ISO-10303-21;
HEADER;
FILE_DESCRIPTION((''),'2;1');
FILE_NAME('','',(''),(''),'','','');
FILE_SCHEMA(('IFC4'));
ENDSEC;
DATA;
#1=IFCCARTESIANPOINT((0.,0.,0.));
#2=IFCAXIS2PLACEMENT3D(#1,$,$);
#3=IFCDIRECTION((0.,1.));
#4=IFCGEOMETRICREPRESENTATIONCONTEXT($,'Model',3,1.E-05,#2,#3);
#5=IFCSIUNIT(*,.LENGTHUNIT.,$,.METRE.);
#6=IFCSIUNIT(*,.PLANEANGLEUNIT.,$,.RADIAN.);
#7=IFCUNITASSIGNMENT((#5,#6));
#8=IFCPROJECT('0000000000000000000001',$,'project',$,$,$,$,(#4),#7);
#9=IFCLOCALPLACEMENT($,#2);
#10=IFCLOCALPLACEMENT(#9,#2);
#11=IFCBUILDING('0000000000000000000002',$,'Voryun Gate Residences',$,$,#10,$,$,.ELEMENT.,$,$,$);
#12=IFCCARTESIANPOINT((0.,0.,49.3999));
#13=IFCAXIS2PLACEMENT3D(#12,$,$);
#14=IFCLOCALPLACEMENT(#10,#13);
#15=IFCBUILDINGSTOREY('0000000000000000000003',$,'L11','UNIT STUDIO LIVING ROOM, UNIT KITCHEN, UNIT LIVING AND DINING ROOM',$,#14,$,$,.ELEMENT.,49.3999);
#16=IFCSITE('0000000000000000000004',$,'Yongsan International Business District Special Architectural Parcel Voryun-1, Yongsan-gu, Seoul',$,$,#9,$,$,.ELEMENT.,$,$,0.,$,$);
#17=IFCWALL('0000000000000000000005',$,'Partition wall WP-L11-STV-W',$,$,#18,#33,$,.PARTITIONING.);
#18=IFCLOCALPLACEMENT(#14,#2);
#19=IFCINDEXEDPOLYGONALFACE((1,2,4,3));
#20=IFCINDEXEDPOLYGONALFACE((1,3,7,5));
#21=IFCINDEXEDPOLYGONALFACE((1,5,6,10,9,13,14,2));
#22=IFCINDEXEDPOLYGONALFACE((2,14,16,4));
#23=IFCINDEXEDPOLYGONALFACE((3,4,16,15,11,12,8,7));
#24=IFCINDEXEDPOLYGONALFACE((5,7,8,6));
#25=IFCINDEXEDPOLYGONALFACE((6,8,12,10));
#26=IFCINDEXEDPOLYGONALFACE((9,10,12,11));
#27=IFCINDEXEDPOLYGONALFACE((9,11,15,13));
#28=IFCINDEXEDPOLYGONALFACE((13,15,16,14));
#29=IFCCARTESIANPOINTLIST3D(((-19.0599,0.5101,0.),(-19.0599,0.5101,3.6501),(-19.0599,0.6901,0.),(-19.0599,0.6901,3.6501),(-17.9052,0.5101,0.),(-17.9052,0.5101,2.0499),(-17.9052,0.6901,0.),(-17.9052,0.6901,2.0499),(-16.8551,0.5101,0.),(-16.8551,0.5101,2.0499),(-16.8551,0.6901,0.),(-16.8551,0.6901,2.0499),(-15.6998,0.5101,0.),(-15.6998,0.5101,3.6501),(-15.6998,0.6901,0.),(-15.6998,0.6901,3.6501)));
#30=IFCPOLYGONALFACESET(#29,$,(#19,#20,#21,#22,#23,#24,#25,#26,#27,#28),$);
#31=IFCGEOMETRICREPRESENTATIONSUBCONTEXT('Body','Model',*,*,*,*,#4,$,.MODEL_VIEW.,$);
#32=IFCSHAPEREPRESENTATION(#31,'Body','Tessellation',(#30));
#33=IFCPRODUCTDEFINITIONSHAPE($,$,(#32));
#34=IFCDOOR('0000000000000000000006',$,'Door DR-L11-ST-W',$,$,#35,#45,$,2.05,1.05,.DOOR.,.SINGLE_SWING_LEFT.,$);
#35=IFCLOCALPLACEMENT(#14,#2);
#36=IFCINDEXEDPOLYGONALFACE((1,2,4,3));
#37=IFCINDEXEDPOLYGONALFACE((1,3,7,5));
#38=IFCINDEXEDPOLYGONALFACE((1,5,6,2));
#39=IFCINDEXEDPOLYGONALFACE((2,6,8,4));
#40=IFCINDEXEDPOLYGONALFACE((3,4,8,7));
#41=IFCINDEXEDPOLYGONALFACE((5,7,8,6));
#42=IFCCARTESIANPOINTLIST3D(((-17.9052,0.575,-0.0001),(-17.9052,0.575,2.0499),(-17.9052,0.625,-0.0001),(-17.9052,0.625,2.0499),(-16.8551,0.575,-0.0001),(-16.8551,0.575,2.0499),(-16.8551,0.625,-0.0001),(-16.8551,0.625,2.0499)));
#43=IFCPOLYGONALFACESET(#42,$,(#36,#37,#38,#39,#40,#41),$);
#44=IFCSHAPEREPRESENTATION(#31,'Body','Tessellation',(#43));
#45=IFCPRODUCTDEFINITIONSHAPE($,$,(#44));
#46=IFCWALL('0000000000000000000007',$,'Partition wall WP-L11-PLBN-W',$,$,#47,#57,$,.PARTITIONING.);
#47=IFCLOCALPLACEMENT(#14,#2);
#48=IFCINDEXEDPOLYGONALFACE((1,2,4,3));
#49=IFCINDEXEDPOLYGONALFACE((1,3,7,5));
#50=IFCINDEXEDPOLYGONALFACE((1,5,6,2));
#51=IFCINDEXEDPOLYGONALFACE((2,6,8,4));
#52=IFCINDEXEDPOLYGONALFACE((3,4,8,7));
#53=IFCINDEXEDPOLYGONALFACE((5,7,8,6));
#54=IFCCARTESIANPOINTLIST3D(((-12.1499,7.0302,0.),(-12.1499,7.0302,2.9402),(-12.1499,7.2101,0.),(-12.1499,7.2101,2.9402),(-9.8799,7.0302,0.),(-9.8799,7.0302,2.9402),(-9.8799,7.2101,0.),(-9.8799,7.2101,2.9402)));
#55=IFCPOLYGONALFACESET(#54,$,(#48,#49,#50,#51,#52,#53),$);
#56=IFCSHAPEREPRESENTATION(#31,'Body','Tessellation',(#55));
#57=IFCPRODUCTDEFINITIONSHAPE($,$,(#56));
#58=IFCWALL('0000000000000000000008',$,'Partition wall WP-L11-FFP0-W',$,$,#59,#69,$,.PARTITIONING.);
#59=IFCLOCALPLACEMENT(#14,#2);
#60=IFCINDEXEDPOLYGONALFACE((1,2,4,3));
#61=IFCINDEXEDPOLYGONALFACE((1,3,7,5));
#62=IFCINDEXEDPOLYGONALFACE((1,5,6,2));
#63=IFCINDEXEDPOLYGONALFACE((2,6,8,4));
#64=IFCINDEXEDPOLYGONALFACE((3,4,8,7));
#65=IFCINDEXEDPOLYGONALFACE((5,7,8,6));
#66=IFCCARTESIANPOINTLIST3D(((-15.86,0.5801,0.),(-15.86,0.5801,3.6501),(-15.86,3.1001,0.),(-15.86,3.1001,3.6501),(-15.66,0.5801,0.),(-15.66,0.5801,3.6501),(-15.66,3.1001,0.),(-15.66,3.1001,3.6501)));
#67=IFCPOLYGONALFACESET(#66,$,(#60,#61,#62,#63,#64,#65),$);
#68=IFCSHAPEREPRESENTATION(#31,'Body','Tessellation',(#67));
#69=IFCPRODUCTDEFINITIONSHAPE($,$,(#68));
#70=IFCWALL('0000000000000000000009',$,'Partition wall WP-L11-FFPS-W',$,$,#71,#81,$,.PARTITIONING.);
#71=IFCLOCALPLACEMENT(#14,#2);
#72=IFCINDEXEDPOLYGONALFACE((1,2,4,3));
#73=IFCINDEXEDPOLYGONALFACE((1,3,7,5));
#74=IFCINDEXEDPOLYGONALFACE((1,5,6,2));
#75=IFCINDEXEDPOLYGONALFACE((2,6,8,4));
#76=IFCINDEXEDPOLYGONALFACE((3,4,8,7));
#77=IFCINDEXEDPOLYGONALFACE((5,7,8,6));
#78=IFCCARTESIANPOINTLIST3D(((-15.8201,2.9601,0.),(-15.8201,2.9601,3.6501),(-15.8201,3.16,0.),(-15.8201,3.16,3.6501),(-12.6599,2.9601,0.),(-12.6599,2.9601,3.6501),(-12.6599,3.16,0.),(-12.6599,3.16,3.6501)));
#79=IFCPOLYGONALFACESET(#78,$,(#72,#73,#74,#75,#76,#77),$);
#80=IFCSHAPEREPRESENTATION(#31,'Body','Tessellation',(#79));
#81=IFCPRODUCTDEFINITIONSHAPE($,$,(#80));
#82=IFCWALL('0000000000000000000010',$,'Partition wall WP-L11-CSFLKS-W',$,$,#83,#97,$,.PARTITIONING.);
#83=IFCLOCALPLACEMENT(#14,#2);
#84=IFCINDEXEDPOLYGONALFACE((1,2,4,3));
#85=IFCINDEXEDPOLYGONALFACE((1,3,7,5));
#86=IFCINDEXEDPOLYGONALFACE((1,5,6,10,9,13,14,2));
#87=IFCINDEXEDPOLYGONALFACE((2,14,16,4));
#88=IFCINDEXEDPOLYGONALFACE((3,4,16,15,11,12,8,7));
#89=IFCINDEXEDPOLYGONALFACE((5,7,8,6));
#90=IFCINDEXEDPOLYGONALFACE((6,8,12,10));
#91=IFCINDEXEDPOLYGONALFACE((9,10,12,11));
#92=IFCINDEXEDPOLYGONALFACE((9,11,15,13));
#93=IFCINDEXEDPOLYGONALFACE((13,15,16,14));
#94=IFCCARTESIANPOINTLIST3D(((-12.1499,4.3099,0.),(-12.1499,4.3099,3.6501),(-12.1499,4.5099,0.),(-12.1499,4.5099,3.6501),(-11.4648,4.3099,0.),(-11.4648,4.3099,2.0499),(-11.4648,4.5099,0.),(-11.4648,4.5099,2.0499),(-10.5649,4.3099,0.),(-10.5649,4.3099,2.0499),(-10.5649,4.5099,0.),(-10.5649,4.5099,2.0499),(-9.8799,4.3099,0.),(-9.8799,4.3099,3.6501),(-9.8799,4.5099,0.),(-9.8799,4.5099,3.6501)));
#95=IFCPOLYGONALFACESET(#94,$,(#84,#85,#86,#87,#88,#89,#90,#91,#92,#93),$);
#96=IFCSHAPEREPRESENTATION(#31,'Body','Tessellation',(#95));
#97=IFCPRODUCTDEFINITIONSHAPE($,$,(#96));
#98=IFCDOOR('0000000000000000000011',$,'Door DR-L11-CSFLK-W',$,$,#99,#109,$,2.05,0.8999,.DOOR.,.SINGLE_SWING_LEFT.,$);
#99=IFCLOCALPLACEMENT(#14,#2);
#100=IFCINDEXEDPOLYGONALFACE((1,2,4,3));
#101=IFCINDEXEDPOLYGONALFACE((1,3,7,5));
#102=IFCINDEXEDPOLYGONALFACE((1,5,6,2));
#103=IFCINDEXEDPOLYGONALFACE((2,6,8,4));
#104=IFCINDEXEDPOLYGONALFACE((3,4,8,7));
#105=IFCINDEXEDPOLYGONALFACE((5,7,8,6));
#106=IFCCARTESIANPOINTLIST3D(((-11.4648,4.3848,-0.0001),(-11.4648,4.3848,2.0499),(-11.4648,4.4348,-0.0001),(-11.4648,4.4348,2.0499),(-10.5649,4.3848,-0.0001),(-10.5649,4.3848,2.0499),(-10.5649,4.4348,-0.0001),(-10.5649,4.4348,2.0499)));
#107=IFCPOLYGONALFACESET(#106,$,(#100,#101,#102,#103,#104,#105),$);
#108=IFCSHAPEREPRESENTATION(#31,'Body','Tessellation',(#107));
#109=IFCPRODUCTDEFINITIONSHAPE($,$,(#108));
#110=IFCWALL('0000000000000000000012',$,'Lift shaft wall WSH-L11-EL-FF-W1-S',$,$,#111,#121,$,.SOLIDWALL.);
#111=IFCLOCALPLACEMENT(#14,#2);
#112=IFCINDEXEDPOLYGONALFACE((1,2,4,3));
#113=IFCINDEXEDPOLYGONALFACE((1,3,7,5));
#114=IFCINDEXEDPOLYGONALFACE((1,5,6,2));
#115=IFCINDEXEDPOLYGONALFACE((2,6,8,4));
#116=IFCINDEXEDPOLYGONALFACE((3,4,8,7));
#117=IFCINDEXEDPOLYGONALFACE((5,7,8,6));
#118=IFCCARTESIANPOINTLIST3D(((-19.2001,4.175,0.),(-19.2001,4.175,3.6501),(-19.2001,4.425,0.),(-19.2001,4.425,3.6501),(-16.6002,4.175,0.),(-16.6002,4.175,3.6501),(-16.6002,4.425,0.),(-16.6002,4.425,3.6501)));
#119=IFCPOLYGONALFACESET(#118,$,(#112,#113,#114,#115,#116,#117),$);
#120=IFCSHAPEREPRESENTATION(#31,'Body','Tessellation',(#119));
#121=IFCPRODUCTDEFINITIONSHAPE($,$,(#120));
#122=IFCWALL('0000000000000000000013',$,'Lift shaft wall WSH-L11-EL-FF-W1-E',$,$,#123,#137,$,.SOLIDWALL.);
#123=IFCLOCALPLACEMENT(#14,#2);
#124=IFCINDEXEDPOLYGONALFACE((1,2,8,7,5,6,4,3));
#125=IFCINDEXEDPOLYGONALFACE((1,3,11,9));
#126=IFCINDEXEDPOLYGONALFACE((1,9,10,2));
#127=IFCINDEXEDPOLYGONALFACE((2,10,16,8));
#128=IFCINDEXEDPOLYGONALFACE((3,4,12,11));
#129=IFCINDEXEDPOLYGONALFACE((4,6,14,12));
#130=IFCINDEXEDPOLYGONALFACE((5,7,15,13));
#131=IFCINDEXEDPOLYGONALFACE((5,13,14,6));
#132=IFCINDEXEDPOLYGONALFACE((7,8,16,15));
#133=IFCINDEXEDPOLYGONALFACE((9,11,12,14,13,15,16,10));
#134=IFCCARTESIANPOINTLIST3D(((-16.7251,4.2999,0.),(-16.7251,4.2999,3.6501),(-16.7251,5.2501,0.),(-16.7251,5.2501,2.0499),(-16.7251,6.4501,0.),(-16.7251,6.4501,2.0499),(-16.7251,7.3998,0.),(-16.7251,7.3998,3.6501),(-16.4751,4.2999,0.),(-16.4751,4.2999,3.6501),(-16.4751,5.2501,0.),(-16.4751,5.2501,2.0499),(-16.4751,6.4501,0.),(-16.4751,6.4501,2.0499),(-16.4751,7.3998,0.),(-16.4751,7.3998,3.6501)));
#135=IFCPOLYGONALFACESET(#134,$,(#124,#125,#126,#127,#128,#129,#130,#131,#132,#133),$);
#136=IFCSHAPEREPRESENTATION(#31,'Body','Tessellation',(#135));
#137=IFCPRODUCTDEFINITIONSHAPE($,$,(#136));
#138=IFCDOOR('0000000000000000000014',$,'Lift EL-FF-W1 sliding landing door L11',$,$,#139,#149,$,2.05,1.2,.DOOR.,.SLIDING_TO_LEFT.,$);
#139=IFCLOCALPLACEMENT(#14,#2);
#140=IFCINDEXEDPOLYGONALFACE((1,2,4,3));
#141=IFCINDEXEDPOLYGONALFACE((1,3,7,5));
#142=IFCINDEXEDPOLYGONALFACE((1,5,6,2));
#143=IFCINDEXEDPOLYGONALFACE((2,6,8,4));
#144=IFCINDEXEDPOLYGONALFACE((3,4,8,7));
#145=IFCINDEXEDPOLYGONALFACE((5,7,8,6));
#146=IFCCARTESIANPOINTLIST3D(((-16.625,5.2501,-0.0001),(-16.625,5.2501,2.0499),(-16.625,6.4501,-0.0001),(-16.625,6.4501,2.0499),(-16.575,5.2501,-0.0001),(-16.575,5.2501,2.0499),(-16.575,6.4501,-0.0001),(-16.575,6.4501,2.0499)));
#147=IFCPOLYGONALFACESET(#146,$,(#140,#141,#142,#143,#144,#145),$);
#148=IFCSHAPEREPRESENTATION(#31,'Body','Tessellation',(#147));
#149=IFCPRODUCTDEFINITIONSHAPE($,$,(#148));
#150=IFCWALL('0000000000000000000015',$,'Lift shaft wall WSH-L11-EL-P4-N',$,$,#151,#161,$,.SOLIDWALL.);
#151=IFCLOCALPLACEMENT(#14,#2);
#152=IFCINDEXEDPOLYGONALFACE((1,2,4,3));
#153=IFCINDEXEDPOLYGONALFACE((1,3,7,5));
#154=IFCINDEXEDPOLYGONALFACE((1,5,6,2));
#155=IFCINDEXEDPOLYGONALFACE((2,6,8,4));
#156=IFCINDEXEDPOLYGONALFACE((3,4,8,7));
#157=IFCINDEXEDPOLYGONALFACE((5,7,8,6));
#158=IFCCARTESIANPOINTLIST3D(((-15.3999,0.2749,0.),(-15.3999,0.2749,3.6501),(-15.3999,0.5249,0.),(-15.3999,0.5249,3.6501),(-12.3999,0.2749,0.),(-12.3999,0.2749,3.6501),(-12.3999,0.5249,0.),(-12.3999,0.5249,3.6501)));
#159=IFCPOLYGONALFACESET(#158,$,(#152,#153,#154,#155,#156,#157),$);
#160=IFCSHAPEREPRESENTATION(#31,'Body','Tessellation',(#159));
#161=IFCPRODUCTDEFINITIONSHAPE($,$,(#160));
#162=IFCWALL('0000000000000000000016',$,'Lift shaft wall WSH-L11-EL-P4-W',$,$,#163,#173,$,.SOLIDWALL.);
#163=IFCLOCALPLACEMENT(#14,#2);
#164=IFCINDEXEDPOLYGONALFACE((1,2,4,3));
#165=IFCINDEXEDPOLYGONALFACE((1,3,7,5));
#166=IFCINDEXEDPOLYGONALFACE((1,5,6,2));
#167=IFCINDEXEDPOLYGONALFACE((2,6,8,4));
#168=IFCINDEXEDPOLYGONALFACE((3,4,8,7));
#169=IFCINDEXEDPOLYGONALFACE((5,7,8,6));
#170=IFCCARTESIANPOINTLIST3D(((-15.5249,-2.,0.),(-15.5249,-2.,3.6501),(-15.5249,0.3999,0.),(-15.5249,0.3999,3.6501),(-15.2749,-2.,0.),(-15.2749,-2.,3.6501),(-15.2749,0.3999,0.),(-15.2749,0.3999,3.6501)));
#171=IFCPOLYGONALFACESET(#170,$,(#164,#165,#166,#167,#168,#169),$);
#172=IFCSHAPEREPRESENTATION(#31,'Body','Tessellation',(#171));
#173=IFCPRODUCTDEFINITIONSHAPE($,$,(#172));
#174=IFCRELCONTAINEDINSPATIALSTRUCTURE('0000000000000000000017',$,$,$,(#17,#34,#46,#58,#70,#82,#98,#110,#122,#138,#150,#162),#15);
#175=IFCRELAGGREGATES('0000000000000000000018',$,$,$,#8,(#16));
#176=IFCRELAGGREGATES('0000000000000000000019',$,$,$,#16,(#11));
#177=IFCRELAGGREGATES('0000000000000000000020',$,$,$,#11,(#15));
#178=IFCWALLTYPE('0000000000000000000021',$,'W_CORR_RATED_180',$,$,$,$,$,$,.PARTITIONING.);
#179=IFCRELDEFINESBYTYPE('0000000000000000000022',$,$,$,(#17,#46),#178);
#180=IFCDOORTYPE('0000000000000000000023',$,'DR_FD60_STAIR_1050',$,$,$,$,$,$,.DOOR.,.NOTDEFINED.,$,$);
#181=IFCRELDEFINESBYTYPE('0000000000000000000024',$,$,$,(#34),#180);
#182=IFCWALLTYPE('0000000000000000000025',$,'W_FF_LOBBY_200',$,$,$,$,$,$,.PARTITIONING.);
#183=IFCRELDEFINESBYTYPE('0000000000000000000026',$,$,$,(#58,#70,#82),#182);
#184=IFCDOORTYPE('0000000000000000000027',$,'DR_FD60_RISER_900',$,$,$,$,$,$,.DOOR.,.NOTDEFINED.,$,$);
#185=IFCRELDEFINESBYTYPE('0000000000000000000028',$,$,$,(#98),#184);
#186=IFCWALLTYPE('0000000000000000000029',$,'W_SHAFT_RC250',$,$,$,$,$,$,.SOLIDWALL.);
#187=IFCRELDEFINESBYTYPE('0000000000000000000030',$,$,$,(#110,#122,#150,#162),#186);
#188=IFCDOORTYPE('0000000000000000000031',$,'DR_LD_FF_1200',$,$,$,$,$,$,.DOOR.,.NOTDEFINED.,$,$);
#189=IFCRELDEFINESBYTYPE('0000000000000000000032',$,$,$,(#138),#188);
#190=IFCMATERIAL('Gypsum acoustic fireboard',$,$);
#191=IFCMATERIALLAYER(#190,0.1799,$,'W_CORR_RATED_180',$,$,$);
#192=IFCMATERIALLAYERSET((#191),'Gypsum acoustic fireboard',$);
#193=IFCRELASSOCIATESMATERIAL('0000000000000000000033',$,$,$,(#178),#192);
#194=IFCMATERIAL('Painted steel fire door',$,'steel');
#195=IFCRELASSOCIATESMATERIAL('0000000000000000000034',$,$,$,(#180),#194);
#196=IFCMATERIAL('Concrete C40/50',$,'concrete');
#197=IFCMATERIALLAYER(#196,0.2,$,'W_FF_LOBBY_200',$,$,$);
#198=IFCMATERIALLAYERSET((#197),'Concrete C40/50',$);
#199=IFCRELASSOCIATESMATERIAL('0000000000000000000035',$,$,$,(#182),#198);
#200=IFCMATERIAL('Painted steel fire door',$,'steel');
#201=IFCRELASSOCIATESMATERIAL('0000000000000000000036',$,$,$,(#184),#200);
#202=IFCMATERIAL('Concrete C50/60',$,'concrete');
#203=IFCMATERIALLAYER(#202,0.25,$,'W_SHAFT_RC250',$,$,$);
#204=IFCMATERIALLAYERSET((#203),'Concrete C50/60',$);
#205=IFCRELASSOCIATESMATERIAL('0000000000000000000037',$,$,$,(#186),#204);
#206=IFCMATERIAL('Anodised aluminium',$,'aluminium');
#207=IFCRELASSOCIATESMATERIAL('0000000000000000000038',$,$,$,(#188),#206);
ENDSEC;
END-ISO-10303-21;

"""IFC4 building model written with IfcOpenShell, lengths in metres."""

from ifc_helpers import new_model, si_unit, direction, frame, frame_2d, origin, place, context, subcontext, project, spatial, rectangle, extrude, material, layer, layer_set, type_object, element, fill, save


model = new_model("IFC4")

# Units and contexts
model_context = context("Model", 3, precision=1e-05, world=origin(), true_north=direction((0.0, 1.0)))
body_context = subcontext(model_context, "Body", "Model", "MODEL_VIEW")
ifc_project = project(units=[si_unit("LENGTHUNIT", "METRE"), si_unit("PLANEANGLEUNIT", "RADIAN")], contexts=[model_context])

# Site, building, storey
site_placement = place(None, origin())
site = spatial("IfcSite", under=ifc_project, at=site_placement, Name="Yongsan International Business District Special Architectural Parcel Voryun-1, Yongsan-gu, Seoul", CompositionType="ELEMENT", RefElevation=0.0)
building_placement = place(site_placement, origin())
building = spatial("IfcBuilding", under=site, at=building_placement, Name="Voryun Gate Residences", CompositionType="ELEMENT")
storey_placement = place(building_placement, frame((0.0, 0.0, 49.3999)))
storey = spatial("IfcBuildingStorey", under=building, at=storey_placement, Name="L11", Description="UNIT STUDIO LIVING ROOM, UNIT KITCHEN, UNIT LIVING AND DINING ROOM", CompositionType="ELEMENT", Elevation=49.3999)

# Wall, opening, door
ifc_material_1 = material(Name="Gypsum acoustic fireboard")
ifc_layer_1 = layer(ifc_material_1, 0.1799, Name="W_CORR_RATED_180")
ifc_layer_set_1 = layer_set([ifc_layer_1], Name="Gypsum acoustic fireboard")
wall_type_1 = type_object("IfcWallType", Name="W_CORR_RATED_180", PredefinedType="PARTITIONING", material=ifc_layer_set_1)
wall_1_placement = place(storey_placement, frame((-19.0601, 0.6001, 0.0), z_axis=(0.0, 0.0, 1.0), x_axis=(1.0, 0.0, 0.0)))
wall_1 = element("IfcWall", 1, at=wall_1_placement, inside=storey, type_object=wall_type_1, Name="Partition wall WP-L11-STV-W", PredefinedType="PARTITIONING", context=body_context, shape_type="SweptSolid", body=[
    extrude(rectangle(XDim=3.3601, YDim=0.1799, at=frame_2d((1.6802, 0.0))), origin(), (0.0, 0.0, 1.0), 3.6501),
])
opening_1_placement = place(wall_1_placement, frame((1.155, 0.0, 0.0)))
opening_1 = element("IfcOpeningElement", 2, at=opening_1_placement, cuts=wall_1, PredefinedType="OPENING", context=body_context, shape_type="SweptSolid", body=[
    extrude(rectangle(XDim=1.05, YDim=2.05, at=frame_2d((0.5249, 1.0249))), frame((0.0, 0.0999, 0.0), z_axis=(0.0, -1.0, 0.0), x_axis=(1.0, 0.0, 0.0)), (0.0, 0.0, 1.0), 0.2),
])
ifc_material_2 = material(Name="Painted steel fire door", Category="steel")
door_type_1 = type_object("IfcDoorType", Name="DR_FD60_STAIR_1050", OperationType="NOTDEFINED", PredefinedType="DOOR", material=ifc_material_2)
door_1_placement = place(opening_1_placement, origin())
door_1 = element("IfcDoor", 3, at=door_1_placement, inside=storey, type_object=door_type_1, Name="Door DR-L11-ST-W", OperationType="SINGLE_SWING_LEFT", OverallHeight=2.05, OverallWidth=1.05, PredefinedType="DOOR", context=body_context, shape_type="SweptSolid", body=[
    extrude(rectangle(XDim=1.05, YDim=2.05, at=frame_2d((0.5249, 1.0249))), frame((0.0, 0.0249, 0.0), z_axis=(0.0, -1.0, 0.0), x_axis=(1.0, 0.0, 0.0)), (0.0, 0.0, 1.0), 0.05),
])
fill(opening_1, door_1)

# Walls
wall_2_placement = place(storey_placement, frame((-12.1499, 7.1201, 0.0), z_axis=(0.0, 0.0, 1.0), x_axis=(1.0, 0.0, 0.0)))
element("IfcWall", 4, at=wall_2_placement, inside=storey, type_object=wall_type_1, Name="Partition wall WP-L11-PLBN-W", PredefinedType="PARTITIONING", context=body_context, shape_type="SweptSolid", body=[
    extrude(rectangle(XDim=2.27, YDim=0.1799, at=frame_2d((1.135, 0.0))), origin(), (0.0, 0.0, 1.0), 2.9402),
])
ifc_material_3 = material(Name="Concrete C40/50", Category="concrete")
ifc_layer_2 = layer(ifc_material_3, 0.2, Name="W_FF_LOBBY_200")
ifc_layer_set_2 = layer_set([ifc_layer_2], Name="Concrete C40/50")
wall_type_2 = type_object("IfcWallType", Name="W_FF_LOBBY_200", PredefinedType="PARTITIONING", material=ifc_layer_set_2)
wall_3_placement = place(storey_placement, frame((-15.76, 0.5801, 0.0), z_axis=(0.0, 0.0, 1.0), x_axis=(0.0, 1.0, 0.0)))
element("IfcWall", 5, at=wall_3_placement, inside=storey, type_object=wall_type_2, Name="Partition wall WP-L11-FFP0-W", PredefinedType="PARTITIONING", context=body_context, shape_type="SweptSolid", body=[
    extrude(rectangle(XDim=2.52, YDim=0.2, at=frame_2d((1.26, 0.0))), origin(), (0.0, 0.0, 1.0), 3.6501),
])
wall_4_placement = place(storey_placement, frame((-15.8201, 3.0601, 0.0), z_axis=(0.0, 0.0, 1.0), x_axis=(1.0, 0.0, 0.0)))
element("IfcWall", 6, at=wall_4_placement, inside=storey, type_object=wall_type_2, Name="Partition wall WP-L11-FFPS-W", PredefinedType="PARTITIONING", context=body_context, shape_type="SweptSolid", body=[
    extrude(rectangle(XDim=3.1602, YDim=0.2, at=frame_2d((1.5801, 0.0))), origin(), (0.0, 0.0, 1.0), 3.6501),
])

# Wall, opening, door
wall_5_placement = place(storey_placement, frame((-12.1499, 4.4099, 0.0), z_axis=(0.0, 0.0, 1.0), x_axis=(1.0, 0.0, 0.0)))
wall_5 = element("IfcWall", 7, at=wall_5_placement, inside=storey, type_object=wall_type_2, Name="Partition wall WP-L11-CSFLKS-W", PredefinedType="PARTITIONING", context=body_context, shape_type="SweptSolid", body=[
    extrude(rectangle(XDim=2.27, YDim=0.2, at=frame_2d((1.135, 0.0))), origin(), (0.0, 0.0, 1.0), 3.6501),
])
opening_2_placement = place(wall_5_placement, frame((0.6851, 0.0, 0.0)))
opening_2 = element("IfcOpeningElement", 8, at=opening_2_placement, cuts=wall_5, PredefinedType="OPENING", context=body_context, shape_type="SweptSolid", body=[
    extrude(rectangle(XDim=0.8999, YDim=2.05, at=frame_2d((0.45, 1.0249))), frame((0.0, 0.1101, 0.0), z_axis=(0.0, -1.0, 0.0), x_axis=(1.0, 0.0, 0.0)), (0.0, 0.0, 1.0), 0.22),
])
ifc_material_4 = material(Name="Painted steel fire door", Category="steel")
door_type_2 = type_object("IfcDoorType", Name="DR_FD60_RISER_900", OperationType="NOTDEFINED", PredefinedType="DOOR", material=ifc_material_4)
door_2_placement = place(opening_2_placement, origin())
door_2 = element("IfcDoor", 9, at=door_2_placement, inside=storey, type_object=door_type_2, Name="Door DR-L11-CSFLK-W", OperationType="SINGLE_SWING_LEFT", OverallHeight=2.05, OverallWidth=0.8999, PredefinedType="DOOR", context=body_context, shape_type="SweptSolid", body=[
    extrude(rectangle(XDim=0.8999, YDim=2.05, at=frame_2d((0.45, 1.0249))), frame((0.0, 0.0249, 0.0), z_axis=(0.0, -1.0, 0.0), x_axis=(1.0, 0.0, 0.0)), (0.0, 0.0, 1.0), 0.05),
])
fill(opening_2, door_2)

# Wall
ifc_material_5 = material(Name="Concrete C50/60", Category="concrete")
ifc_layer_3 = layer(ifc_material_5, 0.25, Name="W_SHAFT_RC250")
ifc_layer_set_3 = layer_set([ifc_layer_3], Name="Concrete C50/60")
wall_type_3 = type_object("IfcWallType", Name="W_SHAFT_RC250", PredefinedType="SOLIDWALL", material=ifc_layer_set_3)
wall_6_placement = place(storey_placement, frame((-19.2, 4.3, 0.0), z_axis=(0.0, 0.0, 1.0), x_axis=(1.0, 0.0, 0.0)))
element("IfcWall", 10, at=wall_6_placement, inside=storey, type_object=wall_type_3, Name="Lift shaft wall WSH-L11-EL-FF-W1-S", PredefinedType="SOLIDWALL", context=body_context, shape_type="SweptSolid", body=[
    extrude(rectangle(XDim=2.5999, YDim=0.25, at=frame_2d((1.2998, 0.0))), origin(), (0.0, 0.0, 1.0), 3.6501),
])

# Wall, opening, door
wall_7_placement = place(storey_placement, frame((-16.6001, 4.3, 0.0), z_axis=(0.0, 0.0, 1.0), x_axis=(0.0, 1.0, 0.0)))
wall_7 = element("IfcWall", 11, at=wall_7_placement, inside=storey, type_object=wall_type_3, Name="Lift shaft wall WSH-L11-EL-FF-W1-E", PredefinedType="SOLIDWALL", context=body_context, shape_type="SweptSolid", body=[
    extrude(rectangle(XDim=3.0999, YDim=0.25, at=frame_2d((1.5498, 0.0))), origin(), (0.0, 0.0, 1.0), 3.6501),
])
opening_3_placement = place(wall_7_placement, frame((0.95, 0.0, 0.0)))
opening_3 = element("IfcOpeningElement", 12, at=opening_3_placement, cuts=wall_7, PredefinedType="OPENING", context=body_context, shape_type="SweptSolid", body=[
    extrude(rectangle(XDim=1.2, YDim=2.05, at=frame_2d((0.6001, 1.0249))), frame((0.0, 0.135, 0.0), z_axis=(0.0, -1.0, 0.0), x_axis=(1.0, 0.0, 0.0)), (0.0, 0.0, 1.0), 0.27),
])
ifc_material_6 = material(Name="Anodised aluminium", Category="aluminium")
door_type_3 = type_object("IfcDoorType", Name="DR_LD_FF_1200", OperationType="NOTDEFINED", PredefinedType="DOOR", material=ifc_material_6)
door_3_placement = place(opening_3_placement, origin())
door_3 = element("IfcDoor", 13, at=door_3_placement, inside=storey, type_object=door_type_3, Name="Lift EL-FF-W1 sliding landing door L11", OperationType="SLIDING_TO_LEFT", OverallHeight=2.05, OverallWidth=1.2, PredefinedType="DOOR", context=body_context, shape_type="SweptSolid", body=[
    extrude(rectangle(XDim=1.2, YDim=2.05, at=frame_2d((0.6001, 1.0249))), frame((0.0, 0.0249, 0.0), z_axis=(0.0, -1.0, 0.0), x_axis=(1.0, 0.0, 0.0)), (0.0, 0.0, 1.0), 0.05),
])
fill(opening_3, door_3)

# Walls
wall_8_placement = place(storey_placement, frame((-12.3999, 0.3999, 0.0), z_axis=(0.0, 0.0, 1.0), x_axis=(-1.0, 0.0, 0.0)))
element("IfcWall", 14, at=wall_8_placement, inside=storey, type_object=wall_type_3, Name="Lift shaft wall WSH-L11-EL-P4-N", PredefinedType="SOLIDWALL", context=body_context, shape_type="SweptSolid", body=[
    extrude(rectangle(XDim=3.0, YDim=0.25, at=frame_2d((1.5, 0.0))), origin(), (0.0, 0.0, 1.0), 3.6501),
])
wall_9_placement = place(storey_placement, frame((-15.3999, 0.3999, 0.0), z_axis=(0.0, 0.0, 1.0), x_axis=(0.0, -1.0, 0.0)))
element("IfcWall", 15, at=wall_9_placement, inside=storey, type_object=wall_type_3, Name="Lift shaft wall WSH-L11-EL-P4-W", PredefinedType="SOLIDWALL", context=body_context, shape_type="SweptSolid", body=[
    extrude(rectangle(XDim=2.3999, YDim=0.25, at=frame_2d((1.2, 0.0))), origin(), (0.0, 0.0, 1.0), 3.6501),
])

save(model, "model.ifc")
